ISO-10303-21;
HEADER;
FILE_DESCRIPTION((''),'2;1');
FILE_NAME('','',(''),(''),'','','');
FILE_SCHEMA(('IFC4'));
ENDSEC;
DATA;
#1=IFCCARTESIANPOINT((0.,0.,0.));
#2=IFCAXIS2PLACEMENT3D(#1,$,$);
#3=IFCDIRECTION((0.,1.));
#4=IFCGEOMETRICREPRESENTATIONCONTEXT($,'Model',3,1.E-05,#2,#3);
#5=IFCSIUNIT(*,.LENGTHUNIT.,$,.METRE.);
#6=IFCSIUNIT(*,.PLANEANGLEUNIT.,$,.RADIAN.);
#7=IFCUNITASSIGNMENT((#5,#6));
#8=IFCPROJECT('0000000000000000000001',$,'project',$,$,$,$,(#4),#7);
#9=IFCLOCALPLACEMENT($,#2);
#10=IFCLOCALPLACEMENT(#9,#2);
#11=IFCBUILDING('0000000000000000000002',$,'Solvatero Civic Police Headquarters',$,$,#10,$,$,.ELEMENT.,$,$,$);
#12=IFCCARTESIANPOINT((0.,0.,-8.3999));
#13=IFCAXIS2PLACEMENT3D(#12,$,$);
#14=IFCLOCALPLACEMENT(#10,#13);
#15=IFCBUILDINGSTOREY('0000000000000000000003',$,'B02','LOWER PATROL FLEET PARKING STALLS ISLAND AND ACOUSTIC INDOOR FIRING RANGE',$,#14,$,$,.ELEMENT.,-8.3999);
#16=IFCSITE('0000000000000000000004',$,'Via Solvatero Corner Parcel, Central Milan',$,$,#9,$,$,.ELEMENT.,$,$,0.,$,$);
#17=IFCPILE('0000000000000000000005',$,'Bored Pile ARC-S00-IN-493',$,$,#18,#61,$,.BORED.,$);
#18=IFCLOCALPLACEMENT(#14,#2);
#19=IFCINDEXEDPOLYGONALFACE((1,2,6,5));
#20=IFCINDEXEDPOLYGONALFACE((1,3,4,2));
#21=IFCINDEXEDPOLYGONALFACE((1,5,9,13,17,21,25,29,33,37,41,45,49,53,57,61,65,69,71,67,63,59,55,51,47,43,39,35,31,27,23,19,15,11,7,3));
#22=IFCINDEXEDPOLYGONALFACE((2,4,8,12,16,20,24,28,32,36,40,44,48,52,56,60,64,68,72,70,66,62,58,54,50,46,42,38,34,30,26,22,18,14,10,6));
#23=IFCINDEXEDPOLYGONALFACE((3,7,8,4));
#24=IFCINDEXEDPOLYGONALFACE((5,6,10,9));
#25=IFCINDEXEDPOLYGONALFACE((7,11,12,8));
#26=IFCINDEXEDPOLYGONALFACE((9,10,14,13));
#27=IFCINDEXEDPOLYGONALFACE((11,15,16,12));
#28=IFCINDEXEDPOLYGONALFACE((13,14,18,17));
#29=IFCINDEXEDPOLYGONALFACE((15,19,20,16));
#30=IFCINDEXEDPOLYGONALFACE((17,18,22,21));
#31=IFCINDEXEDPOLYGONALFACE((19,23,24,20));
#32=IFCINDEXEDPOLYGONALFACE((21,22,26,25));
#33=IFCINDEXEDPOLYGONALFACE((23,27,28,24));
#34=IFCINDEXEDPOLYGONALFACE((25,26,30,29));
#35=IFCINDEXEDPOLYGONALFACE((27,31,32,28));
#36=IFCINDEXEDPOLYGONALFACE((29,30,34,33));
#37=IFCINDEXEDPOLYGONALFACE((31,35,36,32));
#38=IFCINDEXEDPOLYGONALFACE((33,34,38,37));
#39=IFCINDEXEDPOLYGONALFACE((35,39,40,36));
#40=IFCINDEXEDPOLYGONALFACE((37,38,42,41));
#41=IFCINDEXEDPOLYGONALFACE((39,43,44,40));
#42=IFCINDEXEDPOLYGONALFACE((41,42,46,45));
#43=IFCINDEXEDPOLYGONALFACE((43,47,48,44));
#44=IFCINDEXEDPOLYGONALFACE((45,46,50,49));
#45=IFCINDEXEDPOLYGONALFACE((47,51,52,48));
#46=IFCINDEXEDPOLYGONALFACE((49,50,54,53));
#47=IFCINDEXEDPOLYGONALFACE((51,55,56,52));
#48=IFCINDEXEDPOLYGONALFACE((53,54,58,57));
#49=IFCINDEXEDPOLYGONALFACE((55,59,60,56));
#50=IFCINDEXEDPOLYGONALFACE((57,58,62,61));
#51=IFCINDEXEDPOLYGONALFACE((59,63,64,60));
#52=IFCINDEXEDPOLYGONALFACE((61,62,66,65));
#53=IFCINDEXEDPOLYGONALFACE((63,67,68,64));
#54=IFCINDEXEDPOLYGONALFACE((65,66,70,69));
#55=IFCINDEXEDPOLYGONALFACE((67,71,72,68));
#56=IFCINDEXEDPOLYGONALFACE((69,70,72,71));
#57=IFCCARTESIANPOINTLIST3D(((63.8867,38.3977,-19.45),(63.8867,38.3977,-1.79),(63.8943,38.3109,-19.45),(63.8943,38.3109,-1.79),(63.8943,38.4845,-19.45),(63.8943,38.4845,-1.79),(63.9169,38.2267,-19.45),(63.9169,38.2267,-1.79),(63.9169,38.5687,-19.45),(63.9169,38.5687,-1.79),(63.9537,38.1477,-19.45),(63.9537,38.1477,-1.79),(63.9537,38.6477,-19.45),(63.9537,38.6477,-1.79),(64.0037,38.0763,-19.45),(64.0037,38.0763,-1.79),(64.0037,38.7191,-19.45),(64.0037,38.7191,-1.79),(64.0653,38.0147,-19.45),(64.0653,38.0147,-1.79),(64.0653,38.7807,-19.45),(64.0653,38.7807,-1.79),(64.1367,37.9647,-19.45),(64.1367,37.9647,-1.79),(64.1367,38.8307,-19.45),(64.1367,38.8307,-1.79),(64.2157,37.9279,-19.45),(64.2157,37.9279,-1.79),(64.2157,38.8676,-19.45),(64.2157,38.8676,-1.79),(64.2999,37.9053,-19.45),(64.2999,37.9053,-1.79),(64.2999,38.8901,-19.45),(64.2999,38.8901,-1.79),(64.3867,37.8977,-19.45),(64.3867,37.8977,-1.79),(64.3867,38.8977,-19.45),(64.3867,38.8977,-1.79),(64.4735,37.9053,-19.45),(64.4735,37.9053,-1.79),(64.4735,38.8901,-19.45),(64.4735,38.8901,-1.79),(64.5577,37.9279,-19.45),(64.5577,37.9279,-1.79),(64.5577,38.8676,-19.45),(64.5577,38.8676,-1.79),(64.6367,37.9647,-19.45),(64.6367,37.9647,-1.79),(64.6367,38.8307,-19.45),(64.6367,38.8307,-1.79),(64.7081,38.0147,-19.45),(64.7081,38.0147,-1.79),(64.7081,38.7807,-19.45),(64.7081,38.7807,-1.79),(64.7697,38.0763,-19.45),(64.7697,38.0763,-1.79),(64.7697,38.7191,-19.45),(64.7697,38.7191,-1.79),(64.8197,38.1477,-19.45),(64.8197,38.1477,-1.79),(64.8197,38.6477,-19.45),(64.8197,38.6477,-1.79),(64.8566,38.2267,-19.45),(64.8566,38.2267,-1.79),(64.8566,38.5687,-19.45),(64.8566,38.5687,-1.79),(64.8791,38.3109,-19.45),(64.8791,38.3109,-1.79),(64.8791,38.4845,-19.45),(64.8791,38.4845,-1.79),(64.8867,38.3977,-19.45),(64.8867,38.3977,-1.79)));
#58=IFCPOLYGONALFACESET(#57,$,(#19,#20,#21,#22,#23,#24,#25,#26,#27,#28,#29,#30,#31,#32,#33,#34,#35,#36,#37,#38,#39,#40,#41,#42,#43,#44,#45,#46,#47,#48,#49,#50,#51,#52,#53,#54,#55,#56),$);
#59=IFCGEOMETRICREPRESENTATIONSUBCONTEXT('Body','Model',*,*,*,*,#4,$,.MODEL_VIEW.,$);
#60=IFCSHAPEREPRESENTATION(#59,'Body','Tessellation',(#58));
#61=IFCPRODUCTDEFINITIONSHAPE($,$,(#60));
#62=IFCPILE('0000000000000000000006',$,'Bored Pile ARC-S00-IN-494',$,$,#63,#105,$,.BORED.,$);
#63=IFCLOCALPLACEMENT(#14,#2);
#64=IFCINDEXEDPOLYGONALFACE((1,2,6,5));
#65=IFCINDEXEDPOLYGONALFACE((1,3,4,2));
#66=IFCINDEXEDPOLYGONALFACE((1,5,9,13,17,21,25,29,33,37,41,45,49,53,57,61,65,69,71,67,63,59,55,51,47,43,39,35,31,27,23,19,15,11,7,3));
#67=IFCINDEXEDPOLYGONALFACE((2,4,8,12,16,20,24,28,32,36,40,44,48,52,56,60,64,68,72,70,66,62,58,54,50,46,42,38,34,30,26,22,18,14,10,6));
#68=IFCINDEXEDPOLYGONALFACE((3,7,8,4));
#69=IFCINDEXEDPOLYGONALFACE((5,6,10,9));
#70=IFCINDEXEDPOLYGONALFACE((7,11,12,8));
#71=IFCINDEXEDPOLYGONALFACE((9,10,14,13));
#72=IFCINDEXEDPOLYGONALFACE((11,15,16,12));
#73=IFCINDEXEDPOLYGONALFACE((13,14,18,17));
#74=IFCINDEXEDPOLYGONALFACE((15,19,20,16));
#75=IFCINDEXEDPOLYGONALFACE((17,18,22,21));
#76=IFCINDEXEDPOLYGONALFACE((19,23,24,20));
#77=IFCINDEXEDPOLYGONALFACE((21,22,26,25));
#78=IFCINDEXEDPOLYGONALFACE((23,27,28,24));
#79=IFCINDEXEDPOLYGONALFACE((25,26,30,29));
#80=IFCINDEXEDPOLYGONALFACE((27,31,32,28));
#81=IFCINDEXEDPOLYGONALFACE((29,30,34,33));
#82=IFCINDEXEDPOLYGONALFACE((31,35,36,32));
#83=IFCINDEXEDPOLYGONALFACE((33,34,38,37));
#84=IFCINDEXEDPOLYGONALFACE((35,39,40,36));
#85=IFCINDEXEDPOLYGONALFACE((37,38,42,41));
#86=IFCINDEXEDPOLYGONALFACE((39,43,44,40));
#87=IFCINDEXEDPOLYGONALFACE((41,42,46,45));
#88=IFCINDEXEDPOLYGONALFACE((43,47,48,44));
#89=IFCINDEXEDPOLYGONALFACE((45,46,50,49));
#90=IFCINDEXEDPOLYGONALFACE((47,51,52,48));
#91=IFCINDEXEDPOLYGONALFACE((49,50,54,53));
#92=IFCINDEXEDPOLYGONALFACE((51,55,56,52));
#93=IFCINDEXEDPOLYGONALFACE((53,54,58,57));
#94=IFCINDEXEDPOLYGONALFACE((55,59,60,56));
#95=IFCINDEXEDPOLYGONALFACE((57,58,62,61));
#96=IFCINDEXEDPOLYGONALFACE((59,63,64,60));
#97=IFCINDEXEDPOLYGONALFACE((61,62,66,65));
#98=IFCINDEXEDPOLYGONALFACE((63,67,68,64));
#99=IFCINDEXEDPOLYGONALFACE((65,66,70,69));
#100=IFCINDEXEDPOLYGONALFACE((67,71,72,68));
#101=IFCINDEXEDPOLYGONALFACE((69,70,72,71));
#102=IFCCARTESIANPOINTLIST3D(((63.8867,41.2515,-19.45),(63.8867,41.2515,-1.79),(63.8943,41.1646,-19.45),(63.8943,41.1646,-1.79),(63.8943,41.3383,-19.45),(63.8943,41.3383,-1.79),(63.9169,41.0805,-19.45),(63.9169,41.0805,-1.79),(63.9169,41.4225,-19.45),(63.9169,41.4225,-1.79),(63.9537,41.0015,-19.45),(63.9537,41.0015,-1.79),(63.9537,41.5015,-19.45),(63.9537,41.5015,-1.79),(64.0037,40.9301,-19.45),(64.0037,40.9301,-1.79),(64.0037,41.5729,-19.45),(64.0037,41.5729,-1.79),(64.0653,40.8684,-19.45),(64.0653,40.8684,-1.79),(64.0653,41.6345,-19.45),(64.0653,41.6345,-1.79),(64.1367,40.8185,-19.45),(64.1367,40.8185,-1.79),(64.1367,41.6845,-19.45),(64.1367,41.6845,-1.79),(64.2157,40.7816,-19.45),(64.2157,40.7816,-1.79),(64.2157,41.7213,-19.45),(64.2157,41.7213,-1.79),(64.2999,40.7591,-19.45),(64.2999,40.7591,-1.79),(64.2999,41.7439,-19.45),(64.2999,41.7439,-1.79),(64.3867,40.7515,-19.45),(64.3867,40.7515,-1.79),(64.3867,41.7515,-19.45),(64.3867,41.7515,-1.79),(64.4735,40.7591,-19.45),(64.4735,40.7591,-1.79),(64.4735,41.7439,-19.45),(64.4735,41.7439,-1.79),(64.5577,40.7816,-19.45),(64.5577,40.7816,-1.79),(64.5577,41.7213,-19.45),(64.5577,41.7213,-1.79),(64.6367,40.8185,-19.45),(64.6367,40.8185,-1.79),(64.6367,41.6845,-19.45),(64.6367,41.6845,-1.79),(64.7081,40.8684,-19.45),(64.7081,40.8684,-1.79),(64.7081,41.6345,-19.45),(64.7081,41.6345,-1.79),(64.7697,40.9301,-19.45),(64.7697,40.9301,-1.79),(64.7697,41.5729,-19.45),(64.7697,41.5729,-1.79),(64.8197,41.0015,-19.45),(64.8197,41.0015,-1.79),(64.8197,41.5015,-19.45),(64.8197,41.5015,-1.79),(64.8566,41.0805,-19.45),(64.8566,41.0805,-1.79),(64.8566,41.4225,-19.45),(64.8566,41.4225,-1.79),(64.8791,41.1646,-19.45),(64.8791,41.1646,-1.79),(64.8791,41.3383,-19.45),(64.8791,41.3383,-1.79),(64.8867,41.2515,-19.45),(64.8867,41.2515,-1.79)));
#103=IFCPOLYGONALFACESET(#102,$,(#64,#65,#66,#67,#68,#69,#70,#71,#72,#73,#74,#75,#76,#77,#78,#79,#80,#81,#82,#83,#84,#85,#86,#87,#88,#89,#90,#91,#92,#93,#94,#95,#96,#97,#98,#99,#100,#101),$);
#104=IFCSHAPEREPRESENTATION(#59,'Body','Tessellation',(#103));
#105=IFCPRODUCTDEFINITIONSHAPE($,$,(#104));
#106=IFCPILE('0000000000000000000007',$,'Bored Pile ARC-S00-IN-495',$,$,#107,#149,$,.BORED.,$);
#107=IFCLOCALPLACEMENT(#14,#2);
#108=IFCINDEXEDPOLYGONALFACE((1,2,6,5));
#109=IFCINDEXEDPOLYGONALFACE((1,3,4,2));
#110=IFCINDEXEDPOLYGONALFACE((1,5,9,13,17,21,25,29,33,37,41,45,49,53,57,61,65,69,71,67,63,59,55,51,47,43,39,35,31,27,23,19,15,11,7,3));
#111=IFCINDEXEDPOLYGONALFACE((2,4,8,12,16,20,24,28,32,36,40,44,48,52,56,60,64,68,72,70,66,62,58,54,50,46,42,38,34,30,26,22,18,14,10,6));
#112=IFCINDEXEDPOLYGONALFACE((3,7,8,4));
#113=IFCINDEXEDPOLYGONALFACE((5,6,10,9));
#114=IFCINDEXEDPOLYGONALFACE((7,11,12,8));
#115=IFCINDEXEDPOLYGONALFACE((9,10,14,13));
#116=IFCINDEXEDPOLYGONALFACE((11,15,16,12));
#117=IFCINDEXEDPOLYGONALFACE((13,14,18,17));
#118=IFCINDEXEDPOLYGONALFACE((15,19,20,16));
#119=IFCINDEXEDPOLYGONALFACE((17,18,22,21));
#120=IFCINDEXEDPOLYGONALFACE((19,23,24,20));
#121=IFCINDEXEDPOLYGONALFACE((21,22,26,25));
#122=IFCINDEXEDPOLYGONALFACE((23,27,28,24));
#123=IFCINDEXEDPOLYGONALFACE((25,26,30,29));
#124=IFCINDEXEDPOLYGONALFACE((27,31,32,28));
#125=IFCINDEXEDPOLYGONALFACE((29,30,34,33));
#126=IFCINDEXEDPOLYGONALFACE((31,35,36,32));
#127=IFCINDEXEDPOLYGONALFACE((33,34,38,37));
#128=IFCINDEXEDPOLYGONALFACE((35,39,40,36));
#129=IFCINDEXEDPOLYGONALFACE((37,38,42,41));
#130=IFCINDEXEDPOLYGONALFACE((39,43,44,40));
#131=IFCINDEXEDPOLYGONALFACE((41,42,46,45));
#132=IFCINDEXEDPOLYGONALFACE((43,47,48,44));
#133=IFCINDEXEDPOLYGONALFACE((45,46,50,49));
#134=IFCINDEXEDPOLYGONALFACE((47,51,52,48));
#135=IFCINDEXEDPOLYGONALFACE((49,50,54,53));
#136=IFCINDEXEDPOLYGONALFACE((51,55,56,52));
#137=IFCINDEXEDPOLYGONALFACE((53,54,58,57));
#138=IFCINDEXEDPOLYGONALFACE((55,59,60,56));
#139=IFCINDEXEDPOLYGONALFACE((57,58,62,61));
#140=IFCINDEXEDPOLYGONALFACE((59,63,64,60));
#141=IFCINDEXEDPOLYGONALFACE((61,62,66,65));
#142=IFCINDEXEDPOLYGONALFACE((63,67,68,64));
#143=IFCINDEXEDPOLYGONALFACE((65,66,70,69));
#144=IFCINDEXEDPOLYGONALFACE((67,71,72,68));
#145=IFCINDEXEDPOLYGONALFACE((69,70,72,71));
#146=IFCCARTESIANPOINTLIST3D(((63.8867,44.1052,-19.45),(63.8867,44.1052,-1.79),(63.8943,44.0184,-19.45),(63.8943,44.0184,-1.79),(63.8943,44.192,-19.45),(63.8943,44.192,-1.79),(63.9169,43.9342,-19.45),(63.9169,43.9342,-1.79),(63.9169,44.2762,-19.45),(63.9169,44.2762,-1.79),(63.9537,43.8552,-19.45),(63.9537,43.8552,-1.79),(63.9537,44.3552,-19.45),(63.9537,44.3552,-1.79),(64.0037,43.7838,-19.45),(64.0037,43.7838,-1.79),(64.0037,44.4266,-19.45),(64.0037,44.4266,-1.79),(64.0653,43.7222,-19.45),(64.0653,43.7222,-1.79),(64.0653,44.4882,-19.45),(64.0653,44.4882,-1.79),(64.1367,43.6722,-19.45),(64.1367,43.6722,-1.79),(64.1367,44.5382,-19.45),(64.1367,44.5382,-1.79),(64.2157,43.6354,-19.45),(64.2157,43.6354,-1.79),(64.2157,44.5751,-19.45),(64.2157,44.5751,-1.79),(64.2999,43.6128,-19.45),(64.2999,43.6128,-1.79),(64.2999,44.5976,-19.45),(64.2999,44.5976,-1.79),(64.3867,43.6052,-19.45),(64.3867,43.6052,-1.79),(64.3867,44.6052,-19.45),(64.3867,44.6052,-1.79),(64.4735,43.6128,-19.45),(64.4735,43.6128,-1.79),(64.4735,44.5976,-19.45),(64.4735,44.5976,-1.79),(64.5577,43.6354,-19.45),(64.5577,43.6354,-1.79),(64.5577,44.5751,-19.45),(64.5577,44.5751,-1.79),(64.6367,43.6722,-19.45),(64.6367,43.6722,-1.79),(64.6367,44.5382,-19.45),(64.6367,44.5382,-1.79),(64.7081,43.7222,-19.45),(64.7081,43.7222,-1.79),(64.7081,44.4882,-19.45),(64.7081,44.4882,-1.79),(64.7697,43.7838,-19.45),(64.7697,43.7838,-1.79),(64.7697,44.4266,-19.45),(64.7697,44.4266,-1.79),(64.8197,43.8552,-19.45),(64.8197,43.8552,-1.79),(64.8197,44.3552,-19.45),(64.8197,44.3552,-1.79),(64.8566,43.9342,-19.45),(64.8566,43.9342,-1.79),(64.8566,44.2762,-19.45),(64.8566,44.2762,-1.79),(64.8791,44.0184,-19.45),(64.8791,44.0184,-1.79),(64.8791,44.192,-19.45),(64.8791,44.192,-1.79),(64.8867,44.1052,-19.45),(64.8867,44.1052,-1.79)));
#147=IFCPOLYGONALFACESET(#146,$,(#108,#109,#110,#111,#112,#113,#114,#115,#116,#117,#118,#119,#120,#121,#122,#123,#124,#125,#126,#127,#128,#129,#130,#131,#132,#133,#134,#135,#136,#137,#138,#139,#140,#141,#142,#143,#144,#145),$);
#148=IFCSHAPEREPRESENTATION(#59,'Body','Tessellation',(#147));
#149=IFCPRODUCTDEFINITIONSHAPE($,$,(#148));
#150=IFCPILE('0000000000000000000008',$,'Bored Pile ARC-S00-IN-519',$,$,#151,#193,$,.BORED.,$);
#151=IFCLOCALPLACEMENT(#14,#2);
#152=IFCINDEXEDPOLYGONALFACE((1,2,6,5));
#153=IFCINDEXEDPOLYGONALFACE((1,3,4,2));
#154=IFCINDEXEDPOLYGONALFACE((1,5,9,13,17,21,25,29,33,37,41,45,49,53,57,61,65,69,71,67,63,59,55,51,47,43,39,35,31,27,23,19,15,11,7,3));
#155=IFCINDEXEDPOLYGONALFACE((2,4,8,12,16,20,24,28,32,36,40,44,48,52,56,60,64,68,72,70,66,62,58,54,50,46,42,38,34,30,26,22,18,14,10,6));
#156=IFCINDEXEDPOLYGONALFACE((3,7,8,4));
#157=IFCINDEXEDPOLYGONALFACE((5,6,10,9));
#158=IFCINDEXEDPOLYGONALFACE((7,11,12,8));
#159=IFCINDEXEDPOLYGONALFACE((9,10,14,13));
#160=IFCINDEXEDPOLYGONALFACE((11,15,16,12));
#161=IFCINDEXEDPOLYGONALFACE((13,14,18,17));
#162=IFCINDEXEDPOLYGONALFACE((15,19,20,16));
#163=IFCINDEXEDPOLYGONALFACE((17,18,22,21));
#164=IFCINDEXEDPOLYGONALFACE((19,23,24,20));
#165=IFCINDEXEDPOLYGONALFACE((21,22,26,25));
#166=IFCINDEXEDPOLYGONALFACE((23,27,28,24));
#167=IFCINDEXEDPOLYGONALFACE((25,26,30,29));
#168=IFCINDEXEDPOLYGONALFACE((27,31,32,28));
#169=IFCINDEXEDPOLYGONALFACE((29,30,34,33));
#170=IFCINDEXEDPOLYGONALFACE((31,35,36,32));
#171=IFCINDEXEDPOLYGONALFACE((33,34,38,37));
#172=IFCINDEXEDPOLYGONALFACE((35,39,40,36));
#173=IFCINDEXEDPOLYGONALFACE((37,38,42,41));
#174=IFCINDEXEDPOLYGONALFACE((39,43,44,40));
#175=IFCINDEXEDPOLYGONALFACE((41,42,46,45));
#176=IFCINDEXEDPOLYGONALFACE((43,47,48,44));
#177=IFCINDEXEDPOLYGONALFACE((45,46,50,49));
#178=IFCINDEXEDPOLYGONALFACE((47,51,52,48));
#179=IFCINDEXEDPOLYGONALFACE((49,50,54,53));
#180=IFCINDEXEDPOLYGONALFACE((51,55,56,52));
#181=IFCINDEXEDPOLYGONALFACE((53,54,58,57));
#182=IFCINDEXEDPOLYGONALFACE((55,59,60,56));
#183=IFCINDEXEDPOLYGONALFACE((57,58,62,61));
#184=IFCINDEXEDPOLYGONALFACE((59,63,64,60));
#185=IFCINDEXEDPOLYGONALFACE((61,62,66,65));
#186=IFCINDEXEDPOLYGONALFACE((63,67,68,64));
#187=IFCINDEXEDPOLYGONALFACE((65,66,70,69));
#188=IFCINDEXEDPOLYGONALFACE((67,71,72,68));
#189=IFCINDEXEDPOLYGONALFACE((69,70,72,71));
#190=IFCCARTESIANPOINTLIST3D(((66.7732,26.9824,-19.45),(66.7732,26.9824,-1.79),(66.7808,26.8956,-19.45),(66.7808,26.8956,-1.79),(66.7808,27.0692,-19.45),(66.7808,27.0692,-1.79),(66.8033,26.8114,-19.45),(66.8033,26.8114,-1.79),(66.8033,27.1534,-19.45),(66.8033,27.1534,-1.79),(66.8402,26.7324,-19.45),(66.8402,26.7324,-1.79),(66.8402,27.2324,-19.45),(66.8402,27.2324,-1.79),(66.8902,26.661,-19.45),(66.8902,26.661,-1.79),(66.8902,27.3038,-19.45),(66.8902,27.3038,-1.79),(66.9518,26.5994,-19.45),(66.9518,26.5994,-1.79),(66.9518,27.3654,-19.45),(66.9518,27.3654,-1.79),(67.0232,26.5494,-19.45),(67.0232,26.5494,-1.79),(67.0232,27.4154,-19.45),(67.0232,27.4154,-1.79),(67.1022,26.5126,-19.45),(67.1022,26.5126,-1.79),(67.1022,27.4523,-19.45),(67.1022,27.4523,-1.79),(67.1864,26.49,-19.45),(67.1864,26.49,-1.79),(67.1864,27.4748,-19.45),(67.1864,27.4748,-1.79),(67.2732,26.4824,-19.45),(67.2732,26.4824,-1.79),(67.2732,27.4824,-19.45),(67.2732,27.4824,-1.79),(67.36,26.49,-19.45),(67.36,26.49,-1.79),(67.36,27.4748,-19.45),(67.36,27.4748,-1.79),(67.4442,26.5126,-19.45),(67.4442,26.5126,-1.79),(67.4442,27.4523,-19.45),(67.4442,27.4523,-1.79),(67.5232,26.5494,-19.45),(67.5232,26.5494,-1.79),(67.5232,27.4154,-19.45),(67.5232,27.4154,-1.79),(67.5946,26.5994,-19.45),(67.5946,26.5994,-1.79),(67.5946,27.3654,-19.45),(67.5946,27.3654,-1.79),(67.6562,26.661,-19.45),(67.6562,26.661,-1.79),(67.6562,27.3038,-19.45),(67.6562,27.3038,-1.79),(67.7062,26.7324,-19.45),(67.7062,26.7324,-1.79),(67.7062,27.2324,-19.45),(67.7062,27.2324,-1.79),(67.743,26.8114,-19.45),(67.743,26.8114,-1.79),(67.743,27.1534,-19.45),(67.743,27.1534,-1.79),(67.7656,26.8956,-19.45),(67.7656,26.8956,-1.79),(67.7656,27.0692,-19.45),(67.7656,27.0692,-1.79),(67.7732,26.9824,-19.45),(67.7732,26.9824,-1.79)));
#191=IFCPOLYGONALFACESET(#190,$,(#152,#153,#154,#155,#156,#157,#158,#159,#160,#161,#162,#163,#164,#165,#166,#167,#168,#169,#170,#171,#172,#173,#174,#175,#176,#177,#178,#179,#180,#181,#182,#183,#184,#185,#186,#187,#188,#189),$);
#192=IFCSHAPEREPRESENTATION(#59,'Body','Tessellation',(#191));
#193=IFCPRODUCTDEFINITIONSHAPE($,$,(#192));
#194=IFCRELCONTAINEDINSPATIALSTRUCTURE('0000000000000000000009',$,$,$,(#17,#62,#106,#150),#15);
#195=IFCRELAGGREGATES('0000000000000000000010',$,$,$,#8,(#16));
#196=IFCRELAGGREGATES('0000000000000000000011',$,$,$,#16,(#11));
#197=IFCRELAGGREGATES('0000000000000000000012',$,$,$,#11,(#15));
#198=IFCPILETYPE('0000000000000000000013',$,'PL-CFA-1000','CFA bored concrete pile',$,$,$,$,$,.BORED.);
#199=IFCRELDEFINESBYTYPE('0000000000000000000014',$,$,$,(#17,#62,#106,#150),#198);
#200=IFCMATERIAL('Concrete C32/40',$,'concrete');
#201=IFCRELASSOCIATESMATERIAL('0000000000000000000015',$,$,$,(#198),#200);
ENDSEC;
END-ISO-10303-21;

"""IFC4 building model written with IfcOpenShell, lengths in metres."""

from ifc_helpers import new_model, si_unit, direction, frame, origin, origin_2d, place, context, subcontext, project, spatial, circle, extrude, material, material_profile, profile_set, type_object, element, save


model = new_model("IFC4")

# Units and contexts
model_context = context("Model", 3, precision=1e-05, world=origin(), true_north=direction((0.0, 1.0)))
body_context = subcontext(model_context, "Body", "Model", "MODEL_VIEW")
ifc_project = project(units=[si_unit("LENGTHUNIT", "METRE"), si_unit("PLANEANGLEUNIT", "RADIAN")], contexts=[model_context])

# Site, building, storey
site_placement = place(None, origin())
site = spatial("IfcSite", under=ifc_project, at=site_placement, Name="Via Solvatero Corner Parcel, Central Milan", CompositionType="ELEMENT", RefElevation=0.0)
building_placement = place(site_placement, origin())
building = spatial("IfcBuilding", under=site, at=building_placement, Name="Solvatero Civic Police Headquarters", CompositionType="ELEMENT")
storey_placement = place(building_placement, frame((0.0, 0.0, -8.3999)))
storey = spatial("IfcBuildingStorey", under=building, at=storey_placement, Name="B02", Description="LOWER PATROL FLEET PARKING STALLS ISLAND AND ACOUSTIC INDOOR FIRING RANGE", CompositionType="ELEMENT", Elevation=-8.3999)

# Piles
ifc_material_1 = material(Name="Concrete C32/40", Category="concrete")
ifc_material_profile_1 = material_profile(ifc_material_1, circle(Radius=0.5, at=origin_2d()), Name="CFA PILE D1000")
ifc_profile_set_1 = profile_set([ifc_material_profile_1], Name="Concrete C32/40")
pile_type = type_object("IfcPileType", Name="PL-CFA-1000", Description="CFA bored concrete pile", PredefinedType="BORED", material=ifc_profile_set_1)
for number, where, z_axis, x_axis, name in (
    (1, (64.3867, 38.3977, -1.79), (0.0, 0.0, -1.0), (1.0, 0.0, 0.0), "Bored Pile ARC-S00-IN-493"),
    (2, (64.3867, 41.2515, -1.79), (0.0, 0.0, -1.0), (1.0, 0.0, 0.0), "Bored Pile ARC-S00-IN-494"),
    (3, (64.3867, 44.1052, -1.79), (0.0, 0.0, -1.0), (1.0, 0.0, 0.0), "Bored Pile ARC-S00-IN-495"),
    (4, (67.2732, 26.9824, -1.79), (0.0, 0.0, -1.0), (1.0, 0.0, 0.0), "Bored Pile ARC-S00-IN-519"),
):
    element("IfcPile", number, at=place(storey_placement, frame(where, z_axis=z_axis, x_axis=x_axis)), inside=storey, type_object=pile_type, Name=name, PredefinedType="BORED", context=body_context, shape_type="SweptSolid", body=[
        extrude(circle(Radius=0.5, at=origin_2d()), origin(), (0.0, 0.0, 1.0), 17.6599),
    ])

save(model, "model.ifc")
